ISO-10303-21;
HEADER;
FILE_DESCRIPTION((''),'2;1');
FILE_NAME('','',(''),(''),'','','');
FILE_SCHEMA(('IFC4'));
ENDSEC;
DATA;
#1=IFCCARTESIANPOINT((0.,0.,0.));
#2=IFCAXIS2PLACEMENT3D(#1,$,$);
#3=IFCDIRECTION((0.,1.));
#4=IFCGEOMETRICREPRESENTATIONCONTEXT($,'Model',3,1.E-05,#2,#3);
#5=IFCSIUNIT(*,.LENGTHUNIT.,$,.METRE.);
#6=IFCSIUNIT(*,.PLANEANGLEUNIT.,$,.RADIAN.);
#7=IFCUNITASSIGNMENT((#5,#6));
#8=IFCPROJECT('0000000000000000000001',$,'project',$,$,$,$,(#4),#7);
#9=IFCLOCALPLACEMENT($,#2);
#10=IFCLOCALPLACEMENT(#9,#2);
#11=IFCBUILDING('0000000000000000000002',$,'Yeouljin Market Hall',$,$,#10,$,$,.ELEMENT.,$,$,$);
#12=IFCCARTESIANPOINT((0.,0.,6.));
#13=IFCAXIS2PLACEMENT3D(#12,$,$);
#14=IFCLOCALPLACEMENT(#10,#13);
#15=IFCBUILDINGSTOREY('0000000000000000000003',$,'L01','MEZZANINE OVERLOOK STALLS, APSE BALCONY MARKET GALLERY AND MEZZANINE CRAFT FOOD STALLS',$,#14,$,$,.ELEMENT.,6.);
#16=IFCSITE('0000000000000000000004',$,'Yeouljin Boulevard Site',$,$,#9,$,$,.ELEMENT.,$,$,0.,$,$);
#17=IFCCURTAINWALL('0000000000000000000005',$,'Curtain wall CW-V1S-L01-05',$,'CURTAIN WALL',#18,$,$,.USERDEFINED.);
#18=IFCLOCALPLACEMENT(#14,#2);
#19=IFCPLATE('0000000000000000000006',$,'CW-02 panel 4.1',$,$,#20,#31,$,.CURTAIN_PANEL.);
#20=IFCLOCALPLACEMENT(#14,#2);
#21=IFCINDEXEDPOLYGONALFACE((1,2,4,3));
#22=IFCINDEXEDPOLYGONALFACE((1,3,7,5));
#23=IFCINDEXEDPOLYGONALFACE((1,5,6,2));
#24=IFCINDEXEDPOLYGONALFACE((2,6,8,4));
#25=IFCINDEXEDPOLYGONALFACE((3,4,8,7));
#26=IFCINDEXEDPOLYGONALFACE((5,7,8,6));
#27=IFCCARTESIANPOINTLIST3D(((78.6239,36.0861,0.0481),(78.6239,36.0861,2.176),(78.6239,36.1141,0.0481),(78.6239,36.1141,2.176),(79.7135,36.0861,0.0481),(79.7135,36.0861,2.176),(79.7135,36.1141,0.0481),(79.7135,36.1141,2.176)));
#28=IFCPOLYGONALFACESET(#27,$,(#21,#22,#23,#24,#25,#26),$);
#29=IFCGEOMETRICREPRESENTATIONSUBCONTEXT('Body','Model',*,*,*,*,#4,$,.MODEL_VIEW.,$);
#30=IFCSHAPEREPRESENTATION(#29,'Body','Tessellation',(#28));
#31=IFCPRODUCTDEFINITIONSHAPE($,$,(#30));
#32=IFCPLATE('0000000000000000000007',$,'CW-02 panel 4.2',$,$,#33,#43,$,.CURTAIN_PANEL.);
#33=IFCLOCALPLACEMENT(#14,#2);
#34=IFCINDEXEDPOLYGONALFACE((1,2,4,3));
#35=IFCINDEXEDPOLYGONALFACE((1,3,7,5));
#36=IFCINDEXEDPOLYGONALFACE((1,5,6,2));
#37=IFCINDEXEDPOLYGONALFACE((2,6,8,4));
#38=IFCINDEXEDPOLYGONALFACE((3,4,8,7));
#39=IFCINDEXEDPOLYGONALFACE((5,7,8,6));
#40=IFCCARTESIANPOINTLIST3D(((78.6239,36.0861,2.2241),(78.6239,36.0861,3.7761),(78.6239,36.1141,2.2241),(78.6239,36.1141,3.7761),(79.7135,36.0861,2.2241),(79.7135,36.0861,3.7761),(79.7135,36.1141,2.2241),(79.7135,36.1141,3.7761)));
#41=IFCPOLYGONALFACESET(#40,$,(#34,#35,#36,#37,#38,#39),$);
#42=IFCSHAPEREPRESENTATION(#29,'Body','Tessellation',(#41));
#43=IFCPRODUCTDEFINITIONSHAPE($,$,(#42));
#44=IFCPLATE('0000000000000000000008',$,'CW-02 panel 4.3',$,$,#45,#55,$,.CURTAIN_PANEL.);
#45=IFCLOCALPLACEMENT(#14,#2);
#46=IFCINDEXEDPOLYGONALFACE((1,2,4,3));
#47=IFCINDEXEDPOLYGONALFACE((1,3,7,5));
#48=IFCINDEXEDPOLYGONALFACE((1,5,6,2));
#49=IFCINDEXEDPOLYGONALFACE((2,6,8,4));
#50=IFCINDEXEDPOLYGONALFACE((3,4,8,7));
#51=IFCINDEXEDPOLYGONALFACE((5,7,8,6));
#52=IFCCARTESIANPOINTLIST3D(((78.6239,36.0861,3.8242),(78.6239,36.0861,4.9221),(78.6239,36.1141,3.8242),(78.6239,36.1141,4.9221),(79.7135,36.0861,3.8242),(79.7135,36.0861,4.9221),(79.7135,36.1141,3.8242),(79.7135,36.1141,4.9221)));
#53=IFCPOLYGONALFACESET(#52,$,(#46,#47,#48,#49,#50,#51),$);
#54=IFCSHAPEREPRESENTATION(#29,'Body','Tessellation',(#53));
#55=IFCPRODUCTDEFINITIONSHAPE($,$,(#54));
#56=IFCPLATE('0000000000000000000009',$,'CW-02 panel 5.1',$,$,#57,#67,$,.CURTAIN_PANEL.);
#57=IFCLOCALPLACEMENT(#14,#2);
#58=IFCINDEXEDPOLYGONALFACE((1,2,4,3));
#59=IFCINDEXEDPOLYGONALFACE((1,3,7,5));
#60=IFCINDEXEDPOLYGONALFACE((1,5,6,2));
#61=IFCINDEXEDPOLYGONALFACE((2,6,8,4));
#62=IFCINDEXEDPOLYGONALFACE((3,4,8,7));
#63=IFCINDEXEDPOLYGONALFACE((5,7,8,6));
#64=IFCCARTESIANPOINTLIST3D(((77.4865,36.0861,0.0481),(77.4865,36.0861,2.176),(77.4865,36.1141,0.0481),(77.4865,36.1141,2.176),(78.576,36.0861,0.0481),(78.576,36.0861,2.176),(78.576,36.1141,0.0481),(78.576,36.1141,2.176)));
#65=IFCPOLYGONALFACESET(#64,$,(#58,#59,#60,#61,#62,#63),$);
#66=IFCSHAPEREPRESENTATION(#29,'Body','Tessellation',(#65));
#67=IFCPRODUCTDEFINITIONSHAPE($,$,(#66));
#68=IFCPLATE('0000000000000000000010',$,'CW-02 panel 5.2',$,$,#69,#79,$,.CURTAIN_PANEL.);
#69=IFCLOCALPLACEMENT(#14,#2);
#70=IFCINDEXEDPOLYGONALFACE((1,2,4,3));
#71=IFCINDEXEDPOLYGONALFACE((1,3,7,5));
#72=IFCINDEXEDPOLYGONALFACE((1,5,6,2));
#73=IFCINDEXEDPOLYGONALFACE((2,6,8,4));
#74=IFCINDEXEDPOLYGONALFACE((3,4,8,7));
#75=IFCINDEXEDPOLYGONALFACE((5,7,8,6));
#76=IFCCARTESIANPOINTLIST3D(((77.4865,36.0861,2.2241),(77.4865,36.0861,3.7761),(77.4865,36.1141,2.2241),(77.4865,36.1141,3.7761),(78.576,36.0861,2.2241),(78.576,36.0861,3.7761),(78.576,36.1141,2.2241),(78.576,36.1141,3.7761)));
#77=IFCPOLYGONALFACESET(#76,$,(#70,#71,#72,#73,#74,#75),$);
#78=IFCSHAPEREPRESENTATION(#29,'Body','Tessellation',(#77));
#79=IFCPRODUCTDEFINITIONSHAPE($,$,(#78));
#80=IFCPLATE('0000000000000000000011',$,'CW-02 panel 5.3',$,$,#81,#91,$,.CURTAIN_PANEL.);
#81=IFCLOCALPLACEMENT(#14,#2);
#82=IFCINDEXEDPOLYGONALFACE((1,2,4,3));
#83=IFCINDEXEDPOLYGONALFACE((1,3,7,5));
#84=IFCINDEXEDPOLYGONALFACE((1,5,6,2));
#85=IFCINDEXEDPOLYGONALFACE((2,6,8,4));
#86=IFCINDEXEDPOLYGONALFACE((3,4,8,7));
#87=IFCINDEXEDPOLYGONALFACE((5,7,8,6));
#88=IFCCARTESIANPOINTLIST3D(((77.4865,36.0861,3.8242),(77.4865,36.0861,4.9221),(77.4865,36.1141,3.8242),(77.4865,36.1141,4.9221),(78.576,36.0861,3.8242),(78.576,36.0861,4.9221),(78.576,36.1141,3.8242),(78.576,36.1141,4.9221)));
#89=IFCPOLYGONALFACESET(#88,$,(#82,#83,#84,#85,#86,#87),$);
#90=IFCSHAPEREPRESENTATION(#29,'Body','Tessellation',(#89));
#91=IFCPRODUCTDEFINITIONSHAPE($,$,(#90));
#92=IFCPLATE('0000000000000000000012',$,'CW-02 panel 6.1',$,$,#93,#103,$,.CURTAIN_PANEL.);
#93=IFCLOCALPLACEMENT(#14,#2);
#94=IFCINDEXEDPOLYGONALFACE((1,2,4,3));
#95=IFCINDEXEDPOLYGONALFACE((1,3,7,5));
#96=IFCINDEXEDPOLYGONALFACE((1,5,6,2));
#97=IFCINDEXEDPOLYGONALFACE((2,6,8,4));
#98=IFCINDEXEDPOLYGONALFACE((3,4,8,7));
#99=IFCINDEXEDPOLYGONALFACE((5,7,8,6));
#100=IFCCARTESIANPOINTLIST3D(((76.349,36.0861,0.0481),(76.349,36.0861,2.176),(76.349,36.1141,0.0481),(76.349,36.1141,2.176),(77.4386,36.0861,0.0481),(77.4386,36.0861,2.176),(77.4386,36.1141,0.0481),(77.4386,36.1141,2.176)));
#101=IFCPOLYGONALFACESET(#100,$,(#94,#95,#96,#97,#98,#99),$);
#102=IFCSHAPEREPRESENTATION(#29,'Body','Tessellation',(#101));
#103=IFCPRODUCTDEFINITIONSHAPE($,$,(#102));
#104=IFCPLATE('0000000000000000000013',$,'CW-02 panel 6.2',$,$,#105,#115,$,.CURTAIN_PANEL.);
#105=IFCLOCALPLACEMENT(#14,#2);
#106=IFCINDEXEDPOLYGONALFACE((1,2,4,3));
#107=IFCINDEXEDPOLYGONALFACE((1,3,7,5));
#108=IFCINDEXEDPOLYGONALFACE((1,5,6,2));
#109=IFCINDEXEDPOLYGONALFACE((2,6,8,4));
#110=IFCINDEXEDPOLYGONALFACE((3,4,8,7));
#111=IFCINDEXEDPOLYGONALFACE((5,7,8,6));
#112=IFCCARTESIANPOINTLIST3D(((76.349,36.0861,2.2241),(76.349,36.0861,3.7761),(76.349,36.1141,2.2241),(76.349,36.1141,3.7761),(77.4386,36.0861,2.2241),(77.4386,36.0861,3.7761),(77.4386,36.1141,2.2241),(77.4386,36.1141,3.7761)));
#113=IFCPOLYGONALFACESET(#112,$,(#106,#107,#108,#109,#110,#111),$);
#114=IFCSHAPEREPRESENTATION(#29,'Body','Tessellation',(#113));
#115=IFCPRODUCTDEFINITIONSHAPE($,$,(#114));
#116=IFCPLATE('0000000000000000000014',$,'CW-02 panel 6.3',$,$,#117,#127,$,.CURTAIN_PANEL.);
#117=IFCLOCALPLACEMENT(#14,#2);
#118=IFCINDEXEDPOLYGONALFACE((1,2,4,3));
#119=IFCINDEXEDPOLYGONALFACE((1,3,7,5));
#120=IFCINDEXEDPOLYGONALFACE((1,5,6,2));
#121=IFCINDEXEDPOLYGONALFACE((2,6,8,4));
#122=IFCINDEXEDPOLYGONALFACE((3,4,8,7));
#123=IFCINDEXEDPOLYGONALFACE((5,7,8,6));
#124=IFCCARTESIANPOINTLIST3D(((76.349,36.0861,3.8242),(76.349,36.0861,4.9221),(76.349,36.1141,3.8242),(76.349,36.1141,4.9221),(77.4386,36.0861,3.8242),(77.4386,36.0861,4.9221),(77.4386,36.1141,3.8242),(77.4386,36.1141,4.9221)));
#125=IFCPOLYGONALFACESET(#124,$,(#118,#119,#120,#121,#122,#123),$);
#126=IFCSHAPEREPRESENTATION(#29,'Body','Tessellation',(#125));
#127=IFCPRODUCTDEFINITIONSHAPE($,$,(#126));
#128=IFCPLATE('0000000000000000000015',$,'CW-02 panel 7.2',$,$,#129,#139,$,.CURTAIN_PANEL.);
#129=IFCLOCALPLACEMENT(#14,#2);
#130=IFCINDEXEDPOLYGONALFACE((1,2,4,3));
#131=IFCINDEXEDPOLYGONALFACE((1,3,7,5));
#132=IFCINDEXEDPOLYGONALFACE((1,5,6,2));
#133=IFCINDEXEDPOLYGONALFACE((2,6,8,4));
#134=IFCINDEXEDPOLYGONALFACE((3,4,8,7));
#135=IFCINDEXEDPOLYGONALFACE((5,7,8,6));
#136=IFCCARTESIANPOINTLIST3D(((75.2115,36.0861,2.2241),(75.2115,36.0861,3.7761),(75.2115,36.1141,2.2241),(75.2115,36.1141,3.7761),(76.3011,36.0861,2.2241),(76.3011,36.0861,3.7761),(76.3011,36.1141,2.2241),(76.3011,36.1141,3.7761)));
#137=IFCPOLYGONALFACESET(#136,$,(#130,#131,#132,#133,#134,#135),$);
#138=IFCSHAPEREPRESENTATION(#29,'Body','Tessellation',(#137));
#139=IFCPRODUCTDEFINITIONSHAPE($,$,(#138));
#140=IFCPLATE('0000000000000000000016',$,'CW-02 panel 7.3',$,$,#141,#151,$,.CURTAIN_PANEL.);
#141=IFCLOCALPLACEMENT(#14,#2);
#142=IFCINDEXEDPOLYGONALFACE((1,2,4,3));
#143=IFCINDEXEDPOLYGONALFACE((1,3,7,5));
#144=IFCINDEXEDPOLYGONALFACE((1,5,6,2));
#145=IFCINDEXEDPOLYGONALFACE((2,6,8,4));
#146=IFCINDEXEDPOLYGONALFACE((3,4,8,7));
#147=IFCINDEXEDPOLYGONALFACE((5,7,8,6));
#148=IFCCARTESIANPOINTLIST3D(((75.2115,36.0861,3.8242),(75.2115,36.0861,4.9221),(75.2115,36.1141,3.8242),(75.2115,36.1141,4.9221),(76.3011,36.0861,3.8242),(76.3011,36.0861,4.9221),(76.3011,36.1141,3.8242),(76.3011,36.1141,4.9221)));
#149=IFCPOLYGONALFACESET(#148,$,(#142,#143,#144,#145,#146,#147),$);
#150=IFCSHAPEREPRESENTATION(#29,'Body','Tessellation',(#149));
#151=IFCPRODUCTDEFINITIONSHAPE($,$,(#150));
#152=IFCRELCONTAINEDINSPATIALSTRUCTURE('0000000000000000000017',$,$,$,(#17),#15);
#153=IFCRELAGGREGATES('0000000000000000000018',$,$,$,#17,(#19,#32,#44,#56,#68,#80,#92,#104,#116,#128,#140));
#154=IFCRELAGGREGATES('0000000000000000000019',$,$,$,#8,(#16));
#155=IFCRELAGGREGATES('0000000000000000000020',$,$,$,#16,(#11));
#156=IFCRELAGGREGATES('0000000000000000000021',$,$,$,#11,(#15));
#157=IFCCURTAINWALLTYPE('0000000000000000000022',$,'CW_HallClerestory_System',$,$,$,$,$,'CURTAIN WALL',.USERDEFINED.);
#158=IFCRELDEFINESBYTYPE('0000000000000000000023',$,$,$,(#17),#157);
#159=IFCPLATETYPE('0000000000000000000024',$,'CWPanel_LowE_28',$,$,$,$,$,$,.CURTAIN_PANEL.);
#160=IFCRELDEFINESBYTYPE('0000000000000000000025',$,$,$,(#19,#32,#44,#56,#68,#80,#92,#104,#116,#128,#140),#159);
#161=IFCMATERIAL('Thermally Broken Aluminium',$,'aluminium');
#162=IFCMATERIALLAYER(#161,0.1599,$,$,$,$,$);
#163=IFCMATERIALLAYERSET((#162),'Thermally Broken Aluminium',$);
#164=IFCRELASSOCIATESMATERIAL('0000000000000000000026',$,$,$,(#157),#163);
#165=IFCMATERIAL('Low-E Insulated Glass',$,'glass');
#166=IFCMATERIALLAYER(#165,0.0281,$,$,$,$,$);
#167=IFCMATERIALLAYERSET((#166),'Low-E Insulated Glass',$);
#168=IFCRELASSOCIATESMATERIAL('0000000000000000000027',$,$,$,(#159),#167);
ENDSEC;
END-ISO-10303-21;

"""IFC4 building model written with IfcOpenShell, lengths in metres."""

from ifc_helpers import new_model, si_unit, direction, frame, origin, origin_2d, place, context, subcontext, project, spatial, rectangle, extrude, material, layer, layer_set, type_object, element, aggregate, save


model = new_model("IFC4")

# Units and contexts
model_context = context("Model", 3, precision=1e-05, world=origin(), true_north=direction((0.0, 1.0)))
body_context = subcontext(model_context, "Body", "Model", "MODEL_VIEW")
ifc_project = project(units=[si_unit("LENGTHUNIT", "METRE"), si_unit("PLANEANGLEUNIT", "RADIAN")], contexts=[model_context])

# Site, building, storey
site_placement = place(None, origin())
site = spatial("IfcSite", under=ifc_project, at=site_placement, Name="Yeouljin Boulevard Site", CompositionType="ELEMENT", RefElevation=0.0)
building_placement = place(site_placement, origin())
building = spatial("IfcBuilding", under=site, at=building_placement, Name="Yeouljin Market Hall", CompositionType="ELEMENT")
storey_placement = place(building_placement, frame((0.0, 0.0, 6.0)))
storey = spatial("IfcBuildingStorey", under=building, at=storey_placement, Name="L01", Description="MEZZANINE OVERLOOK STALLS, APSE BALCONY MARKET GALLERY AND MEZZANINE CRAFT FOOD STALLS", CompositionType="ELEMENT", Elevation=6.0)

# Curtain wall, plates
ifc_material_1 = material(Name="Thermally Broken Aluminium", Category="aluminium")
ifc_layer_1 = layer(ifc_material_1, 0.1599)
ifc_layer_set_1 = layer_set([ifc_layer_1], Name="Thermally Broken Aluminium")
curtain_wall_type = type_object("IfcCurtainWallType", Name="CW_HallClerestory_System", ElementType="CURTAIN WALL", PredefinedType="USERDEFINED", material=ifc_layer_set_1)
curtain_wall_placement = place(storey_placement, origin())
curtain_wall = element("IfcCurtainWall", 1, at=curtain_wall_placement, inside=storey, type_object=curtain_wall_type, Name="Curtain wall CW-V1S-L01-05", ObjectType="CURTAIN WALL", PredefinedType="USERDEFINED")
ifc_material_2 = material(Name="Low-E Insulated Glass", Category="glass")
ifc_layer_2 = layer(ifc_material_2, 0.0281)
ifc_layer_set_2 = layer_set([ifc_layer_2], Name="Low-E Insulated Glass")
plate_type = type_object("IfcPlateType", Name="CWPanel_LowE_28", PredefinedType="CURTAIN_PANEL", material=ifc_layer_set_2)
plate_1_placement = place(storey_placement, frame((79.1687, 36.1001, 0.0481), z_axis=(0.0, 0.0, 1.0), x_axis=(-1.0, 0.0, 0.0)))
plate_1 = element("IfcPlate", 2, at=plate_1_placement, type_object=plate_type, Name="CW-02 panel 4.1", PredefinedType="CURTAIN_PANEL", context=body_context, shape_type="SweptSolid", body=[
    extrude(rectangle(XDim=1.0896, YDim=0.0281, at=origin_2d()), origin(), (0.0, 0.0, 1.0), 2.1279),
])
plate_2_placement = place(storey_placement, frame((79.1687, 36.1001, 2.2241), z_axis=(0.0, 0.0, 1.0), x_axis=(-1.0, 0.0, 0.0)))
plate_2 = element("IfcPlate", 3, at=plate_2_placement, type_object=plate_type, Name="CW-02 panel 4.2", PredefinedType="CURTAIN_PANEL", context=body_context, shape_type="SweptSolid", body=[
    extrude(rectangle(XDim=1.0896, YDim=0.0281, at=origin_2d()), origin(), (0.0, 0.0, 1.0), 1.552),
])
plate_3_placement = place(storey_placement, frame((79.1687, 36.1001, 3.8242), z_axis=(0.0, 0.0, 1.0), x_axis=(-1.0, 0.0, 0.0)))
plate_3 = element("IfcPlate", 4, at=plate_3_placement, type_object=plate_type, Name="CW-02 panel 4.3", PredefinedType="CURTAIN_PANEL", context=body_context, shape_type="SweptSolid", body=[
    extrude(rectangle(XDim=1.0896, YDim=0.0281, at=origin_2d()), origin(), (0.0, 0.0, 1.0), 1.0979),
])
plate_4_placement = place(storey_placement, frame((78.0312, 36.1001, 0.0481), z_axis=(0.0, 0.0, 1.0), x_axis=(-1.0, 0.0, 0.0)))
plate_4 = element("IfcPlate", 5, at=plate_4_placement, type_object=plate_type, Name="CW-02 panel 5.1", PredefinedType="CURTAIN_PANEL", context=body_context, shape_type="SweptSolid", body=[
    extrude(rectangle(XDim=1.0896, YDim=0.0281, at=origin_2d()), origin(), (0.0, 0.0, 1.0), 2.1279),
])
plate_5_placement = place(storey_placement, frame((78.0312, 36.1001, 2.2241), z_axis=(0.0, 0.0, 1.0), x_axis=(-1.0, 0.0, 0.0)))
plate_5 = element("IfcPlate", 6, at=plate_5_placement, type_object=plate_type, Name="CW-02 panel 5.2", PredefinedType="CURTAIN_PANEL", context=body_context, shape_type="SweptSolid", body=[
    extrude(rectangle(XDim=1.0896, YDim=0.0281, at=origin_2d()), origin(), (0.0, 0.0, 1.0), 1.552),
])
plate_6_placement = place(storey_placement, frame((78.0312, 36.1001, 3.8242), z_axis=(0.0, 0.0, 1.0), x_axis=(-1.0, 0.0, 0.0)))
plate_6 = element("IfcPlate", 7, at=plate_6_placement, type_object=plate_type, Name="CW-02 panel 5.3", PredefinedType="CURTAIN_PANEL", context=body_context, shape_type="SweptSolid", body=[
    extrude(rectangle(XDim=1.0896, YDim=0.0281, at=origin_2d()), origin(), (0.0, 0.0, 1.0), 1.0979),
])
plate_7_placement = place(storey_placement, frame((76.8938, 36.1001, 0.0481), z_axis=(0.0, 0.0, 1.0), x_axis=(-1.0, 0.0, 0.0)))
plate_7 = element("IfcPlate", 8, at=plate_7_placement, type_object=plate_type, Name="CW-02 panel 6.1", PredefinedType="CURTAIN_PANEL", context=body_context, shape_type="SweptSolid", body=[
    extrude(rectangle(XDim=1.0896, YDim=0.0281, at=origin_2d()), origin(), (0.0, 0.0, 1.0), 2.1279),
])
plate_8_placement = place(storey_placement, frame((76.8938, 36.1001, 2.2241), z_axis=(0.0, 0.0, 1.0), x_axis=(-1.0, 0.0, 0.0)))
plate_8 = element("IfcPlate", 9, at=plate_8_placement, type_object=plate_type, Name="CW-02 panel 6.2", PredefinedType="CURTAIN_PANEL", context=body_context, shape_type="SweptSolid", body=[
    extrude(rectangle(XDim=1.0896, YDim=0.0281, at=origin_2d()), origin(), (0.0, 0.0, 1.0), 1.552),
])
plate_9_placement = place(storey_placement, frame((76.8938, 36.1001, 3.8242), z_axis=(0.0, 0.0, 1.0), x_axis=(-1.0, 0.0, 0.0)))
plate_9 = element("IfcPlate", 10, at=plate_9_placement, type_object=plate_type, Name="CW-02 panel 6.3", PredefinedType="CURTAIN_PANEL", context=body_context, shape_type="SweptSolid", body=[
    extrude(rectangle(XDim=1.0896, YDim=0.0281, at=origin_2d()), origin(), (0.0, 0.0, 1.0), 1.0979),
])
plate_10_placement = place(storey_placement, frame((75.7563, 36.1001, 2.2241), z_axis=(0.0, 0.0, 1.0), x_axis=(-1.0, 0.0, 0.0)))
plate_10 = element("IfcPlate", 11, at=plate_10_placement, type_object=plate_type, Name="CW-02 panel 7.2", PredefinedType="CURTAIN_PANEL", context=body_context, shape_type="SweptSolid", body=[
    extrude(rectangle(XDim=1.0896, YDim=0.0281, at=origin_2d()), origin(), (0.0, 0.0, 1.0), 1.552),
])
plate_11_placement = place(storey_placement, frame((75.7563, 36.1001, 3.8242), z_axis=(0.0, 0.0, 1.0), x_axis=(-1.0, 0.0, 0.0)))
plate_11 = element("IfcPlate", 12, at=plate_11_placement, type_object=plate_type, Name="CW-02 panel 7.3", PredefinedType="CURTAIN_PANEL", context=body_context, shape_type="SweptSolid", body=[
    extrude(rectangle(XDim=1.0896, YDim=0.0281, at=origin_2d()), origin(), (0.0, 0.0, 1.0), 1.0979),
])
aggregate(curtain_wall, [plate_1, plate_2, plate_3, plate_4, plate_5, plate_6, plate_7, plate_8, plate_9, plate_10, plate_11])

save(model, "model.ifc")
